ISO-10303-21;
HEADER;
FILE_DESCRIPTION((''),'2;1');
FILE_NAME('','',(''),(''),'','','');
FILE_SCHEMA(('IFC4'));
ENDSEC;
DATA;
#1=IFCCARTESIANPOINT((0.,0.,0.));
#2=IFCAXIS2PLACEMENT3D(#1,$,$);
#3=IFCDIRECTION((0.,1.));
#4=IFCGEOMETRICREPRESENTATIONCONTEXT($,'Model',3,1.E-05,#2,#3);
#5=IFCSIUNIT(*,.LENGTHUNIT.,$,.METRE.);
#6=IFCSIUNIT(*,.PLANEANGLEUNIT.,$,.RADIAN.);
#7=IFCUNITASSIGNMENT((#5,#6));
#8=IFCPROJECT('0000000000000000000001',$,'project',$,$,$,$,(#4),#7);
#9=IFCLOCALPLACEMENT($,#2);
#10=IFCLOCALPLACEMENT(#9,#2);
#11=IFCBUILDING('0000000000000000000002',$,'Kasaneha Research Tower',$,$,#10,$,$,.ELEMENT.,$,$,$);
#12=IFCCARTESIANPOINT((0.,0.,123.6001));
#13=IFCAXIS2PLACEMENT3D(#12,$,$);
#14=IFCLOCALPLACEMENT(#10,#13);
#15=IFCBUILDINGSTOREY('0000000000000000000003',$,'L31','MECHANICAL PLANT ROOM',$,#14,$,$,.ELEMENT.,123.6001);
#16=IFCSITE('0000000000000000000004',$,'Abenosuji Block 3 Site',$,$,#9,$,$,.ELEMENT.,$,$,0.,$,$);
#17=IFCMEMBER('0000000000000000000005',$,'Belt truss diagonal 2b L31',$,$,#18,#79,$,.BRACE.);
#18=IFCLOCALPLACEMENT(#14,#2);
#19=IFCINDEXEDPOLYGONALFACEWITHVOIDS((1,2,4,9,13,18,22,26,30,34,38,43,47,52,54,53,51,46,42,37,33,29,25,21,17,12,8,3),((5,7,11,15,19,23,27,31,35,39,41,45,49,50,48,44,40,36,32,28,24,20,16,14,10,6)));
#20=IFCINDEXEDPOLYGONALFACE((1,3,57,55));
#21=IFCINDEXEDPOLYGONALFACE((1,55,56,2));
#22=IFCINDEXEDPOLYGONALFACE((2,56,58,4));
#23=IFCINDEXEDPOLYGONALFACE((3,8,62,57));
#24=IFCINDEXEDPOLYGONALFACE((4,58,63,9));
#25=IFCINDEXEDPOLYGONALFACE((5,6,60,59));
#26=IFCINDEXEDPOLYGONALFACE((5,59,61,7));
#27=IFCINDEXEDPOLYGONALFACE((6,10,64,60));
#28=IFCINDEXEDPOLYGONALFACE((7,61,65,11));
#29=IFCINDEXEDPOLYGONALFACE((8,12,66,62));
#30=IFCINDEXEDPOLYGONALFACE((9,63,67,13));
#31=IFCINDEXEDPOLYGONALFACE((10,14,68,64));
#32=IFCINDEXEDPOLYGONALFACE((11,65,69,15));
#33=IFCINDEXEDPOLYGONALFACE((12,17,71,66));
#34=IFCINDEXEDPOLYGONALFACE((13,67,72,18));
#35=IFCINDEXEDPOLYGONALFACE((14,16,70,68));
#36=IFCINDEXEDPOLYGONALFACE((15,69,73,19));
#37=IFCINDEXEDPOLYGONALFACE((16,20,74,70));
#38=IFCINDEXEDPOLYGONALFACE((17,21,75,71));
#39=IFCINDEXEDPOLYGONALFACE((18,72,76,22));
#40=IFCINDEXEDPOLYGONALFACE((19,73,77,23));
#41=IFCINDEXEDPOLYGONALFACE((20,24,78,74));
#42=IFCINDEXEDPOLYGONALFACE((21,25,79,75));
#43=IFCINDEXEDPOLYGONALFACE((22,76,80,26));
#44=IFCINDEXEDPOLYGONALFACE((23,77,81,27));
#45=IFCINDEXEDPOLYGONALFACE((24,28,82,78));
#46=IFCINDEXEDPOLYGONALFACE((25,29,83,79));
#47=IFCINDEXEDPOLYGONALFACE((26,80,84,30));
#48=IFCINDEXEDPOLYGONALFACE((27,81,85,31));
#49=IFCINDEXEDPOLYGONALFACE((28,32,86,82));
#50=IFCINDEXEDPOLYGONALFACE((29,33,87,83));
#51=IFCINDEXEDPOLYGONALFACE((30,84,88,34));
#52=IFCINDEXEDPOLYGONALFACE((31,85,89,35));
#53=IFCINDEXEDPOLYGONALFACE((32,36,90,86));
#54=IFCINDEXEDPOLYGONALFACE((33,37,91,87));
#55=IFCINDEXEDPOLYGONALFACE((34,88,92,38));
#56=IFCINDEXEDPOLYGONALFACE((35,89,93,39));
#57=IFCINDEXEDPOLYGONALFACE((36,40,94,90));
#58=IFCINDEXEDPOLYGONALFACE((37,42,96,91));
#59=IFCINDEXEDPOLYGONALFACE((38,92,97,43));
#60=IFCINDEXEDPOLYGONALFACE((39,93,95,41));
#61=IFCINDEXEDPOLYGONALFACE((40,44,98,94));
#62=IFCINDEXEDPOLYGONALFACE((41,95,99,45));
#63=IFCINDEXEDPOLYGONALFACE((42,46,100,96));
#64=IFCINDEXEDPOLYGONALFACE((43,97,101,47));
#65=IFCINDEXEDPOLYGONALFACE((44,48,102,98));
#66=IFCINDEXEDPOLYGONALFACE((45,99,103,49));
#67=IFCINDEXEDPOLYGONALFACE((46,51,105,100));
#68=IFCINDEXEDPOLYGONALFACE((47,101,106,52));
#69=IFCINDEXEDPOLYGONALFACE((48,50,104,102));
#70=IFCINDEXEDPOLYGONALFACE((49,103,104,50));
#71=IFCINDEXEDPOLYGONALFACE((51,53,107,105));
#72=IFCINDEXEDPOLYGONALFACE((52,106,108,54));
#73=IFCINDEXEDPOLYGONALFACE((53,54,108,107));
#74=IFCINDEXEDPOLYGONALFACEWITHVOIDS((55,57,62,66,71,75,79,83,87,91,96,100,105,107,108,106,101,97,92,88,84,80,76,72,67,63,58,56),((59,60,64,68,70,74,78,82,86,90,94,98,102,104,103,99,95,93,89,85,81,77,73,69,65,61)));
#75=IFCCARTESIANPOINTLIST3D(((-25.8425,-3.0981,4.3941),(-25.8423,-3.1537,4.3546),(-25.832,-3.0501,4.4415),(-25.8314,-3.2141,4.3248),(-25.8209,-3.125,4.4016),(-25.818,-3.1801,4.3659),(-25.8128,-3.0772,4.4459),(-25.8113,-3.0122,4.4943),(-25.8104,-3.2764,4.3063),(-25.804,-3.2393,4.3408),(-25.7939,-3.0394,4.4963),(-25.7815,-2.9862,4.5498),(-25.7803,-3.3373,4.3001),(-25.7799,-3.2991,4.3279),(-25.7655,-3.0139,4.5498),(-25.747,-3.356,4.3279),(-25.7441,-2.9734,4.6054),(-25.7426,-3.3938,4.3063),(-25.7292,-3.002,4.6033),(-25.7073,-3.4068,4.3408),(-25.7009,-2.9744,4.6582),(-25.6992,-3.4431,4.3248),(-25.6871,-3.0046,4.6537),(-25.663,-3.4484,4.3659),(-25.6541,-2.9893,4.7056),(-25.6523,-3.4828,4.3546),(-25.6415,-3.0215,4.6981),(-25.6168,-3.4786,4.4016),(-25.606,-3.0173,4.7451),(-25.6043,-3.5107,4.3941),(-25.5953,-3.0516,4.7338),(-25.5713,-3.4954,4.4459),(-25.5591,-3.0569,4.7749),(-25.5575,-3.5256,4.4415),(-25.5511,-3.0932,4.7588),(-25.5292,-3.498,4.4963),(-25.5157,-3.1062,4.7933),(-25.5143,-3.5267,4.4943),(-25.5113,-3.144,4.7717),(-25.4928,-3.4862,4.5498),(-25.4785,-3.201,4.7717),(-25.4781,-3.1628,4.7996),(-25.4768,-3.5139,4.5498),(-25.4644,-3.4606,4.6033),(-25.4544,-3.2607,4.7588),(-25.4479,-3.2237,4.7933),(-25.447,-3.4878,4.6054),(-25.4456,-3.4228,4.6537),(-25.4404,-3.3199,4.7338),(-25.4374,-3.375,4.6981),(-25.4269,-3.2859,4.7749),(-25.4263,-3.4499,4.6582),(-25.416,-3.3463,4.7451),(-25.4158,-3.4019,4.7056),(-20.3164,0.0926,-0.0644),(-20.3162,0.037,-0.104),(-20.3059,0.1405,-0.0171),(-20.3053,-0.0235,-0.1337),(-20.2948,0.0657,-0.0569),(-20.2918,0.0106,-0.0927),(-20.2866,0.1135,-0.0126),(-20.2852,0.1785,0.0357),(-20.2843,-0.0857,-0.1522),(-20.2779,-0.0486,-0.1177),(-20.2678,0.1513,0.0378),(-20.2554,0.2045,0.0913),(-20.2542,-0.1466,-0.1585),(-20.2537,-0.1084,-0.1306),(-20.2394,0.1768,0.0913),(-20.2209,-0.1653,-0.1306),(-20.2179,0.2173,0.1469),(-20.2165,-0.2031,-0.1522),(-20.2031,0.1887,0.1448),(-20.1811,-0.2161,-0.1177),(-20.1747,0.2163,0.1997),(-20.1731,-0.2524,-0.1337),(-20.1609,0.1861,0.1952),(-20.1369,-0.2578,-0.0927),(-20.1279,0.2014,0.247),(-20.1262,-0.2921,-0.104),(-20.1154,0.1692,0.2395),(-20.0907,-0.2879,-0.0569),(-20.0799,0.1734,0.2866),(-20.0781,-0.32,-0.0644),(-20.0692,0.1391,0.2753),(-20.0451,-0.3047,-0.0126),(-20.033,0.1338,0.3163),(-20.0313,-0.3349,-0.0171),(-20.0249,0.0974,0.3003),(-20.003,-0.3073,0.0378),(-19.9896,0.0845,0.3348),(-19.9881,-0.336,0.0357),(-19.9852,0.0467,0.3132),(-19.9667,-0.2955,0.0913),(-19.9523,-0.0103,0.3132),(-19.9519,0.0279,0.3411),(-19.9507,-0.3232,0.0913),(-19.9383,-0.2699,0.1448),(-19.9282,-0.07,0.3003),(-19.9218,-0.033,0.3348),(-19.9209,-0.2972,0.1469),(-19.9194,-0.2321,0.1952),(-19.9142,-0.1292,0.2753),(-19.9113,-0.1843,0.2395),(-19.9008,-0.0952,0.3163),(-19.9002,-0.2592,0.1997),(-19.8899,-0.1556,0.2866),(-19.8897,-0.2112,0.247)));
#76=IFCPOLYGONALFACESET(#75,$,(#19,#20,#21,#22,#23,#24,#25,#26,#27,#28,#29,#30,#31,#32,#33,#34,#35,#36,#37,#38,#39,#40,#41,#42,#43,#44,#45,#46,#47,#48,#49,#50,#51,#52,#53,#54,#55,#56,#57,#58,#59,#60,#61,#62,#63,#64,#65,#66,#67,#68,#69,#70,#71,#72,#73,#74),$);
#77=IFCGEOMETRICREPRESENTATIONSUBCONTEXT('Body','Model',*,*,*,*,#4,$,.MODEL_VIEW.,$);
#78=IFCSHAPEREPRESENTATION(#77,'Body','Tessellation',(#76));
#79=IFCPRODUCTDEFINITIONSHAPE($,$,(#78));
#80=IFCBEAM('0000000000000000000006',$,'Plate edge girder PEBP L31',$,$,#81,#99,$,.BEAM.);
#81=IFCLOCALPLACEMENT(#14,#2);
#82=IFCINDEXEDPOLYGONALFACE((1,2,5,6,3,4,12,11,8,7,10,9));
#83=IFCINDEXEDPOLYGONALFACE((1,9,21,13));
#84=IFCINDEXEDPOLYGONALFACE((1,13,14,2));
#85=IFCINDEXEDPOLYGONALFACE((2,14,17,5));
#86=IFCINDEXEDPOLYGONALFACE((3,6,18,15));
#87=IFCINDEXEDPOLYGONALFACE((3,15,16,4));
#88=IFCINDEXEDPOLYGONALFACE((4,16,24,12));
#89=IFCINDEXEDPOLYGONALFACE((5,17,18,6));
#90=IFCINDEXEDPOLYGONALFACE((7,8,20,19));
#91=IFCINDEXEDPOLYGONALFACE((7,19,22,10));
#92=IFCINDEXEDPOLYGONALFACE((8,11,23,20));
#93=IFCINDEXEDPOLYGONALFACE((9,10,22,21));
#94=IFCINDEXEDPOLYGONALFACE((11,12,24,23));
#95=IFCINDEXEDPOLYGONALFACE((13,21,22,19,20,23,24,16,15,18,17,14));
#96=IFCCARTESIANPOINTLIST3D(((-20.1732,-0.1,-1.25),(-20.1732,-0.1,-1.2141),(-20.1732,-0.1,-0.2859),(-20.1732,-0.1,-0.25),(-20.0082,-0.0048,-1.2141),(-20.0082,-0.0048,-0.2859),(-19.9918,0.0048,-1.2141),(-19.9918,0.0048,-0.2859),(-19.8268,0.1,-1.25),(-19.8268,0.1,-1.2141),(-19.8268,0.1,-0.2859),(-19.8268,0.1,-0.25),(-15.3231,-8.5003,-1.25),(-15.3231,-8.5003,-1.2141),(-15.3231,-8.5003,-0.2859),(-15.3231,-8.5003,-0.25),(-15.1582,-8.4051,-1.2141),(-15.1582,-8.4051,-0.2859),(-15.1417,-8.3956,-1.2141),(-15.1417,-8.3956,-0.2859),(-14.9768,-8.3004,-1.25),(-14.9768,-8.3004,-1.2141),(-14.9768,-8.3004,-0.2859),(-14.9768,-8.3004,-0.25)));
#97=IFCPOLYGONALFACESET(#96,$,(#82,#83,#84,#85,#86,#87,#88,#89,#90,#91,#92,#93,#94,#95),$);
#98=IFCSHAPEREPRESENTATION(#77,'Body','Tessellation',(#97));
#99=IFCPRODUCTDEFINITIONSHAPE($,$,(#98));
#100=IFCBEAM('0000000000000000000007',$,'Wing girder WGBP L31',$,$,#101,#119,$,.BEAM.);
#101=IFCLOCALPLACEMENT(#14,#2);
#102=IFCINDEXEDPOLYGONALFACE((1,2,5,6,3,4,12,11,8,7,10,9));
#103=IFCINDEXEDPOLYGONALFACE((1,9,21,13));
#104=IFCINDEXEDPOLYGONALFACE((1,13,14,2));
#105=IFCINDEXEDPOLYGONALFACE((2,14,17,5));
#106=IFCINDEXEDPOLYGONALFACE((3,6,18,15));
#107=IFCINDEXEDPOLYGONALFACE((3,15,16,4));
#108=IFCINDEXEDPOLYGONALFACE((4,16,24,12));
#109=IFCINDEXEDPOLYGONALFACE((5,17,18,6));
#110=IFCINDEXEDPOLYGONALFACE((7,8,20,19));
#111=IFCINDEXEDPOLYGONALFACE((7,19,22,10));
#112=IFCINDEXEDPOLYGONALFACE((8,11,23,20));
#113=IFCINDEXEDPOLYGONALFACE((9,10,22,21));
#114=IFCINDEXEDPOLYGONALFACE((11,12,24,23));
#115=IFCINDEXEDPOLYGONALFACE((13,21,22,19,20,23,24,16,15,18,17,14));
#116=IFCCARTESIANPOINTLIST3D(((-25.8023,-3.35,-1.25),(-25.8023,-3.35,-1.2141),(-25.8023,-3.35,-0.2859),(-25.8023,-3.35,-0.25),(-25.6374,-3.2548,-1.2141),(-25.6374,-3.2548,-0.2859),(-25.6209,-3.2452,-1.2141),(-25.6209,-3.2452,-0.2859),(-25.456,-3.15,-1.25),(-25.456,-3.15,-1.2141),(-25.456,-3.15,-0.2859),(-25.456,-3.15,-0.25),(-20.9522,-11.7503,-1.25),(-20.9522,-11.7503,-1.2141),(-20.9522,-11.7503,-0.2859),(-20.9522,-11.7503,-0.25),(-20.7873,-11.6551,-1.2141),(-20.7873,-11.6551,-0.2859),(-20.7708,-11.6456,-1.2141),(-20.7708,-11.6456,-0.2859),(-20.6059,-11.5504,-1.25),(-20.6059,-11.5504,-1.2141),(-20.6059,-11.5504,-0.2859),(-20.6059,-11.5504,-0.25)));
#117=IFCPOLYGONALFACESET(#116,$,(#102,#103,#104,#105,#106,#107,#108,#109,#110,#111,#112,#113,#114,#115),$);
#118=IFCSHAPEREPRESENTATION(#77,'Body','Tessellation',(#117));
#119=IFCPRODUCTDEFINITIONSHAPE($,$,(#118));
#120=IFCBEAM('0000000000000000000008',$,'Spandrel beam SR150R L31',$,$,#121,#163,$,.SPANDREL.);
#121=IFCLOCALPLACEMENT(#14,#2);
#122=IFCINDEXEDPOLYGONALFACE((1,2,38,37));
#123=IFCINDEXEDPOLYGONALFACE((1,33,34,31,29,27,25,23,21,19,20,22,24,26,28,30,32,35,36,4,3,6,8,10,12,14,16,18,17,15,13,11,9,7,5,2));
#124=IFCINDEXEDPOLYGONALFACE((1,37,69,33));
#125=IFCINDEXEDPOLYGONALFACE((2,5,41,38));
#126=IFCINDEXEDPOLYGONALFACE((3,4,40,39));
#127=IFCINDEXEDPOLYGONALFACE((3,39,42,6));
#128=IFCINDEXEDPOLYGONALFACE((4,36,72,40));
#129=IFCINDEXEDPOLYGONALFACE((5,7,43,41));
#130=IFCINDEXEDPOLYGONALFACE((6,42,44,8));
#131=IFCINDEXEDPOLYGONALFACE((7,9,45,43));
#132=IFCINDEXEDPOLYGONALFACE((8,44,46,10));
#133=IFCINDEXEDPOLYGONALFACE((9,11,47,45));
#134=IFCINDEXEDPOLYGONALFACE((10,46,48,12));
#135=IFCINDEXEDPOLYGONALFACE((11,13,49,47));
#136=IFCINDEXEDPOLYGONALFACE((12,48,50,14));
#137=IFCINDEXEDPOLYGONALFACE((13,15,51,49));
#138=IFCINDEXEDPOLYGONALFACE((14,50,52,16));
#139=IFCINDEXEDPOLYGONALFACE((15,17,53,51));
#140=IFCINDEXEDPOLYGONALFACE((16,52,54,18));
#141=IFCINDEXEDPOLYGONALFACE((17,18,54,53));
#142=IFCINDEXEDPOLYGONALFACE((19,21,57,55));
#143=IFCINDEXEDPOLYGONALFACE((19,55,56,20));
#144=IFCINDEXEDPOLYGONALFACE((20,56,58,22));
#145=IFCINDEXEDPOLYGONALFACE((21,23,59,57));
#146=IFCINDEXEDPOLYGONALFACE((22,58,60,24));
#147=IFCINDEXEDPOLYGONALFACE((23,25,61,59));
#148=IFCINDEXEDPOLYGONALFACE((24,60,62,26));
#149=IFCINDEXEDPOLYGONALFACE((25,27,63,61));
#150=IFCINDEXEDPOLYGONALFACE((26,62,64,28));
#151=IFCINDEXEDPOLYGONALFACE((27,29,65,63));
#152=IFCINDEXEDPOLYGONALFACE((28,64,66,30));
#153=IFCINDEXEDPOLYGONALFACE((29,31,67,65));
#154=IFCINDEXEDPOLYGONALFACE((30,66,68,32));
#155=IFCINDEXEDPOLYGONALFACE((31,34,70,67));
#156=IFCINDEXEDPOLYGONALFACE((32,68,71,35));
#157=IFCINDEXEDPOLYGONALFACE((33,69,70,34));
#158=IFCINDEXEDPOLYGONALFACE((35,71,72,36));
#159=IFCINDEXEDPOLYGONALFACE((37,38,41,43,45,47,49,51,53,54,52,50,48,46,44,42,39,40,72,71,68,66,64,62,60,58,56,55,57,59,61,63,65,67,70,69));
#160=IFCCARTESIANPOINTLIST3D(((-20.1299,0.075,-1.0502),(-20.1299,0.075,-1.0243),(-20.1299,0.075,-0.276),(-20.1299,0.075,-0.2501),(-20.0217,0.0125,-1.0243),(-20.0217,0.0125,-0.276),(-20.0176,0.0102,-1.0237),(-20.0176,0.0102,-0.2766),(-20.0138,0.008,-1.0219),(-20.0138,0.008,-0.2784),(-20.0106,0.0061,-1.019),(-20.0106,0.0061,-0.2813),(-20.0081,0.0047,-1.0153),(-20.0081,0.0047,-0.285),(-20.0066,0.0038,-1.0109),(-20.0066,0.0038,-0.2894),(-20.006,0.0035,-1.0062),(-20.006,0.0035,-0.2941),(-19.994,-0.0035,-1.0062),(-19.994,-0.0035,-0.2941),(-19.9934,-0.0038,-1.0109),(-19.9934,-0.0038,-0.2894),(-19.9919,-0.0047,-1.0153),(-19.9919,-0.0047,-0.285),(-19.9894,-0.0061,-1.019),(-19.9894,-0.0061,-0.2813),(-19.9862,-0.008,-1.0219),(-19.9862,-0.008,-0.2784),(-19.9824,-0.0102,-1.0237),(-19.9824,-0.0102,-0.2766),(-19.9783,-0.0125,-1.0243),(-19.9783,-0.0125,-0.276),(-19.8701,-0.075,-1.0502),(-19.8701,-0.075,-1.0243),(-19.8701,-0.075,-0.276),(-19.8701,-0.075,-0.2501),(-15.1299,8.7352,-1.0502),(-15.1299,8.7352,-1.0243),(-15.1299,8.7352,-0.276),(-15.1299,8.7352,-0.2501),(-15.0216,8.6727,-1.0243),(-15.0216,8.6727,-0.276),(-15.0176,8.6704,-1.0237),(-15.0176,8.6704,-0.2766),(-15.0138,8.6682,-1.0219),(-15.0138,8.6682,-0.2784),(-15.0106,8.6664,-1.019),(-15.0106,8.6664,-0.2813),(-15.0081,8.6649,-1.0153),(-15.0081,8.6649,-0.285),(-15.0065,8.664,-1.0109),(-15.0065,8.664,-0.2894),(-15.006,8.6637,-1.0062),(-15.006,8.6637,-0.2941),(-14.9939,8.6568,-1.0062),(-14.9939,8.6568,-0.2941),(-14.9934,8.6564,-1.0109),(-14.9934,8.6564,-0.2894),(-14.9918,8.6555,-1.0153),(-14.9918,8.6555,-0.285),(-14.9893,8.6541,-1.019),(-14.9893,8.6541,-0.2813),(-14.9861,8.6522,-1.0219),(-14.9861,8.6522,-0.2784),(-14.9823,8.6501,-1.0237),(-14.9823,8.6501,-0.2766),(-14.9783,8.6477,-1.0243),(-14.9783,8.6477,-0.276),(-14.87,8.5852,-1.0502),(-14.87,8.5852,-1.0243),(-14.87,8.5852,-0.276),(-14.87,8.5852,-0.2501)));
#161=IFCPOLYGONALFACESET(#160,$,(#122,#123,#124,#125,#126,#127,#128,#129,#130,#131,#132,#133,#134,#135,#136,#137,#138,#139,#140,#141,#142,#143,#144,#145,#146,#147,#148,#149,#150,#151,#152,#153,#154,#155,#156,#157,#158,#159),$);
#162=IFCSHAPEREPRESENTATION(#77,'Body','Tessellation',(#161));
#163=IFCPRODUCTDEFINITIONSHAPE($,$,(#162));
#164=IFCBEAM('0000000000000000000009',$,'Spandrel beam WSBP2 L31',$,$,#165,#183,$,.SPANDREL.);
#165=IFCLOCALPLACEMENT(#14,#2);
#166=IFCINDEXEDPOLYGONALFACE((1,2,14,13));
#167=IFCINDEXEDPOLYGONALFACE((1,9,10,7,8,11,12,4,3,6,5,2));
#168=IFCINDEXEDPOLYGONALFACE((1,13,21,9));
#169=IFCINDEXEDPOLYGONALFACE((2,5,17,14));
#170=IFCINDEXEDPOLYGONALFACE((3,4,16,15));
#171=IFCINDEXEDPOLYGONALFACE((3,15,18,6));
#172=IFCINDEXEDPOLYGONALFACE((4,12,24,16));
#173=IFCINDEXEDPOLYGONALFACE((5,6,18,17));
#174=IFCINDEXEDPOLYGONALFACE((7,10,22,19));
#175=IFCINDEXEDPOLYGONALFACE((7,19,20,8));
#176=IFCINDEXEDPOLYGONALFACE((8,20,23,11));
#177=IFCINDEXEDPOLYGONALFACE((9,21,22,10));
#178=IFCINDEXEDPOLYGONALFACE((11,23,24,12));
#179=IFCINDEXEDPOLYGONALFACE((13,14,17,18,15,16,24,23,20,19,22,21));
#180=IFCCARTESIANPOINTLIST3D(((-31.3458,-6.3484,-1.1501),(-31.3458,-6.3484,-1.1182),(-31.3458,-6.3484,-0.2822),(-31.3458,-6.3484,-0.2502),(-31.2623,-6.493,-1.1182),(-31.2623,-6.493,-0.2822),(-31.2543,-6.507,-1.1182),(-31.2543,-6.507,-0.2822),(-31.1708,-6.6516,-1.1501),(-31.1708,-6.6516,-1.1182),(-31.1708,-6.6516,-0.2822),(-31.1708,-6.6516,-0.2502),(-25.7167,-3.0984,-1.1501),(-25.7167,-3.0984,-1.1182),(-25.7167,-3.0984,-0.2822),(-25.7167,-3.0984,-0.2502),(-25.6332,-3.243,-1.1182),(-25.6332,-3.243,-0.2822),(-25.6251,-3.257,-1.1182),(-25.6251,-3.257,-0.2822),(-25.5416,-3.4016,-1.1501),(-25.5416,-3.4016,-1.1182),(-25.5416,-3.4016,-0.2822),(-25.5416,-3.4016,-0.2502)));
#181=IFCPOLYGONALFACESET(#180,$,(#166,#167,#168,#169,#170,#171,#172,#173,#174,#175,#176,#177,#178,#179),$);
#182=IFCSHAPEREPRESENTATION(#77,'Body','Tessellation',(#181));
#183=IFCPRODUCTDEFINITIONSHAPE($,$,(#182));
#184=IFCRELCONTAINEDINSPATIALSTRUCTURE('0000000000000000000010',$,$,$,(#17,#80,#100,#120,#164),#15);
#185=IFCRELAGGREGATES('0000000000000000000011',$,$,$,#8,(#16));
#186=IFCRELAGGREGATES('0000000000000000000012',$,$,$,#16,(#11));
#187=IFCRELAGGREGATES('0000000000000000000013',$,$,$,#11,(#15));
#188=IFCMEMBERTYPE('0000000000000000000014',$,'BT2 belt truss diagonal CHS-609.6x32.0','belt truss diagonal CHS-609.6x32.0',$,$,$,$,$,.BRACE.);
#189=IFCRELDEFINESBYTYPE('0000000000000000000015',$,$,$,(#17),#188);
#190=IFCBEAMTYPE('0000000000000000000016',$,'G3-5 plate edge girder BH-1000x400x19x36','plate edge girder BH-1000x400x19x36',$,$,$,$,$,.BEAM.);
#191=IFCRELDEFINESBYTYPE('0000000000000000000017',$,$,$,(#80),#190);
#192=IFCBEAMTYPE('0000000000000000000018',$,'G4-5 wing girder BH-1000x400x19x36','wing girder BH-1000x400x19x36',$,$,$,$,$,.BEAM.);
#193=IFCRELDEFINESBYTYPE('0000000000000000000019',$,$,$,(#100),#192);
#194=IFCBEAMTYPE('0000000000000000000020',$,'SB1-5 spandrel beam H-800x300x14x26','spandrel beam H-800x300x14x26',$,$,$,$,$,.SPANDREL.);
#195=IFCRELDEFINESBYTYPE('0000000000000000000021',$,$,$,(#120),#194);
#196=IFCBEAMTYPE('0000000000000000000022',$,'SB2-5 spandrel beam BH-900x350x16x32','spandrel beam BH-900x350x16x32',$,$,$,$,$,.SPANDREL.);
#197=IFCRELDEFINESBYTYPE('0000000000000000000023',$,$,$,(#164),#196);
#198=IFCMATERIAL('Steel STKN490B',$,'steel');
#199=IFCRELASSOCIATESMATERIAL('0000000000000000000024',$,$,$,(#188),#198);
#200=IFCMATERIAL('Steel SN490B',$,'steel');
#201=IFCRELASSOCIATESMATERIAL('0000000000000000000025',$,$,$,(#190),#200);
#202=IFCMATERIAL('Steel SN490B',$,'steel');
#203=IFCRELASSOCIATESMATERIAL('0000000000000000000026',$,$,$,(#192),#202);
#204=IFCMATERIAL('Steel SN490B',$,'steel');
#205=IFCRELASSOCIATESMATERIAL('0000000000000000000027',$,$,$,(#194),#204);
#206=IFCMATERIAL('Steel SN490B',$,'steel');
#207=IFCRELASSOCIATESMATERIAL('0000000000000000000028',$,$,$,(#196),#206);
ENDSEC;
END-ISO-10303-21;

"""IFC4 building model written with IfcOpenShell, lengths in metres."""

from ifc_helpers import new_model, si_unit, direction, frame, origin, origin_2d, place, context, subcontext, project, spatial, hollow_circle, i_section, extrude, material, material_profile, profile_set, type_object, element, save


model = new_model("IFC4")

# Units and contexts
model_context = context("Model", 3, precision=1e-05, world=origin(), true_north=direction((0.0, 1.0)))
body_context = subcontext(model_context, "Body", "Model", "MODEL_VIEW")
ifc_project = project(units=[si_unit("LENGTHUNIT", "METRE"), si_unit("PLANEANGLEUNIT", "RADIAN")], contexts=[model_context])

# Site, building, storey
site_placement = place(None, origin())
site = spatial("IfcSite", under=ifc_project, at=site_placement, Name="Abenosuji Block 3 Site", CompositionType="ELEMENT", RefElevation=0.0)
building_placement = place(site_placement, origin())
building = spatial("IfcBuilding", under=site, at=building_placement, Name="Kasaneha Research Tower", CompositionType="ELEMENT")
storey_placement = place(building_placement, frame((0.0, 0.0, 123.6001)))
storey = spatial("IfcBuildingStorey", under=building, at=storey_placement, Name="L31", Description="MECHANICAL PLANT ROOM", CompositionType="ELEMENT", Elevation=123.6001)

# Member
ifc_material_1 = material(Name="Steel STKN490B", Category="steel")
ifc_material_profile_1 = material_profile(ifc_material_1, hollow_circle(Radius=0.3047, WallThickness=0.032, at=origin_2d()), Name="CHS-609.6x32.0")
ifc_profile_set_1 = profile_set([ifc_material_profile_1], Name="Steel STKN490B")
member_type = type_object("IfcMemberType", Name="BT2 belt truss diagonal CHS-609.6x32.0", Description="belt truss diagonal CHS-609.6x32.0", PredefinedType="BRACE", material=ifc_profile_set_1)
for number, where, z_axis, x_axis, name in (
    (1, (-20.103, -0.0593, 0.0913), (-0.709899, -0.409881, 0.572749), (0.500019, -0.866014, 0.0), "Belt truss diagonal 2b L31"),
):
    element("IfcMember", number, at=place(storey_placement, frame(where, z_axis=z_axis, x_axis=x_axis)), inside=storey, type_object=member_type, Name=name, PredefinedType="BRACE", context=body_context, shape_type="SweptSolid", body=[
        extrude(hollow_circle(Radius=0.3047, WallThickness=0.032, at=origin_2d()), origin(), (0.0, 0.0, 1.0), 7.7844),
    ])

# Beams
ifc_material_2 = material(Name="Steel SN490B", Category="steel")
ifc_material_profile_2 = material_profile(ifc_material_2, i_section(OverallWidth=0.3999, OverallDepth=1.0, WebThickness=0.019, FlangeThickness=0.0359, at=origin_2d()), Name="BH-1000x400x19x36")
ifc_profile_set_2 = profile_set([ifc_material_profile_2], Name="Steel SN490B")
beam_type_1 = type_object("IfcBeamType", Name="G3-5 plate edge girder BH-1000x400x19x36", Description="plate edge girder BH-1000x400x19x36", PredefinedType="BEAM", material=ifc_profile_set_2)
beam_1_placement = place(storey_placement, frame((-20.0, 0.0, -0.75), z_axis=(0.50001, -0.86602, 0.0), x_axis=(0.86602, 0.50001, 0.0)))
element("IfcBeam", 2, at=beam_1_placement, inside=storey, type_object=beam_type_1, Name="Plate edge girder PEBP L31", PredefinedType="BEAM", context=body_context, shape_type="SweptSolid", body=[
    extrude(i_section(OverallWidth=0.3999, OverallDepth=1.0, WebThickness=0.019, FlangeThickness=0.0359, at=origin_2d()), origin(), (0.0, 0.0, 1.0), 9.7),
])
ifc_material_3 = material(Name="Steel SN490B", Category="steel")
ifc_material_profile_3 = material_profile(ifc_material_3, i_section(OverallWidth=0.3999, OverallDepth=1.0, WebThickness=0.019, FlangeThickness=0.0359, at=origin_2d()), Name="BH-1000x400x19x36")
ifc_profile_set_3 = profile_set([ifc_material_profile_3], Name="Steel SN490B")
beam_type_2 = type_object("IfcBeamType", Name="G4-5 wing girder BH-1000x400x19x36", Description="wing girder BH-1000x400x19x36", PredefinedType="BEAM", material=ifc_profile_set_3)
beam_2_placement = place(storey_placement, frame((-25.6292, -3.25, -0.75), z_axis=(0.50001, -0.86602, 0.0), x_axis=(0.86602, 0.50001, 0.0)))
element("IfcBeam", 3, at=beam_2_placement, inside=storey, type_object=beam_type_2, Name="Wing girder WGBP L31", PredefinedType="BEAM", context=body_context, shape_type="SweptSolid", body=[
    extrude(i_section(OverallWidth=0.3999, OverallDepth=1.0, WebThickness=0.019, FlangeThickness=0.0359, at=origin_2d()), origin(), (0.0, 0.0, 1.0), 9.7),
])
ifc_material_4 = material(Name="Steel SN490B", Category="steel")
ifc_material_profile_4 = material_profile(ifc_material_4, i_section(OverallWidth=0.3, OverallDepth=0.8, WebThickness=0.0139, FlangeThickness=0.0259, FilletRadius=0.0181, at=origin_2d()), Name="H-800x300x14x26")
ifc_profile_set_4 = profile_set([ifc_material_profile_4], Name="Steel SN490B")
beam_type_3 = type_object("IfcBeamType", Name="SB1-5 spandrel beam H-800x300x14x26", Description="spandrel beam H-800x300x14x26", PredefinedType="SPANDREL", material=ifc_profile_set_4)
beam_3_placement = place(storey_placement, frame((-20.0, 0.0, -0.6501), z_axis=(0.500004, 0.866023, 0.0), x_axis=(-0.866023, 0.500004, 0.0)))
element("IfcBeam", 4, at=beam_3_placement, inside=storey, type_object=beam_type_3, Name="Spandrel beam SR150R L31", PredefinedType="SPANDREL", context=body_context, shape_type="SweptSolid", body=[
    extrude(i_section(OverallWidth=0.3, OverallDepth=0.8, WebThickness=0.0139, FlangeThickness=0.0259, FilletRadius=0.0181, at=origin_2d()), origin(), (0.0, 0.0, 1.0), 10.0),
])
ifc_material_5 = material(Name="Steel SN490B", Category="steel")
ifc_material_profile_5 = material_profile(ifc_material_5, i_section(OverallWidth=0.3501, OverallDepth=0.8999, WebThickness=0.0161, FlangeThickness=0.032, at=origin_2d()), Name="BH-900x350x16x32")
ifc_profile_set_5 = profile_set([ifc_material_profile_5], Name="Steel SN490B")
beam_type_4 = type_object("IfcBeamType", Name="SB2-5 spandrel beam BH-900x350x16x32", Description="spandrel beam BH-900x350x16x32", PredefinedType="SPANDREL", material=ifc_profile_set_5)
beam_4_placement = place(storey_placement, frame((-25.6292, -3.25, -0.7002), z_axis=(-0.866025, -0.500001, 0.0), x_axis=(0.500001, -0.866025, 0.0)))
element("IfcBeam", 5, at=beam_4_placement, inside=storey, type_object=beam_type_4, Name="Spandrel beam WSBP2 L31", PredefinedType="SPANDREL", context=body_context, shape_type="SweptSolid", body=[
    extrude(i_section(OverallWidth=0.3501, OverallDepth=0.8999, WebThickness=0.0161, FlangeThickness=0.032, at=origin_2d()), origin(), (0.0, 0.0, 1.0), 6.5),
])

save(model, "model.ifc")
